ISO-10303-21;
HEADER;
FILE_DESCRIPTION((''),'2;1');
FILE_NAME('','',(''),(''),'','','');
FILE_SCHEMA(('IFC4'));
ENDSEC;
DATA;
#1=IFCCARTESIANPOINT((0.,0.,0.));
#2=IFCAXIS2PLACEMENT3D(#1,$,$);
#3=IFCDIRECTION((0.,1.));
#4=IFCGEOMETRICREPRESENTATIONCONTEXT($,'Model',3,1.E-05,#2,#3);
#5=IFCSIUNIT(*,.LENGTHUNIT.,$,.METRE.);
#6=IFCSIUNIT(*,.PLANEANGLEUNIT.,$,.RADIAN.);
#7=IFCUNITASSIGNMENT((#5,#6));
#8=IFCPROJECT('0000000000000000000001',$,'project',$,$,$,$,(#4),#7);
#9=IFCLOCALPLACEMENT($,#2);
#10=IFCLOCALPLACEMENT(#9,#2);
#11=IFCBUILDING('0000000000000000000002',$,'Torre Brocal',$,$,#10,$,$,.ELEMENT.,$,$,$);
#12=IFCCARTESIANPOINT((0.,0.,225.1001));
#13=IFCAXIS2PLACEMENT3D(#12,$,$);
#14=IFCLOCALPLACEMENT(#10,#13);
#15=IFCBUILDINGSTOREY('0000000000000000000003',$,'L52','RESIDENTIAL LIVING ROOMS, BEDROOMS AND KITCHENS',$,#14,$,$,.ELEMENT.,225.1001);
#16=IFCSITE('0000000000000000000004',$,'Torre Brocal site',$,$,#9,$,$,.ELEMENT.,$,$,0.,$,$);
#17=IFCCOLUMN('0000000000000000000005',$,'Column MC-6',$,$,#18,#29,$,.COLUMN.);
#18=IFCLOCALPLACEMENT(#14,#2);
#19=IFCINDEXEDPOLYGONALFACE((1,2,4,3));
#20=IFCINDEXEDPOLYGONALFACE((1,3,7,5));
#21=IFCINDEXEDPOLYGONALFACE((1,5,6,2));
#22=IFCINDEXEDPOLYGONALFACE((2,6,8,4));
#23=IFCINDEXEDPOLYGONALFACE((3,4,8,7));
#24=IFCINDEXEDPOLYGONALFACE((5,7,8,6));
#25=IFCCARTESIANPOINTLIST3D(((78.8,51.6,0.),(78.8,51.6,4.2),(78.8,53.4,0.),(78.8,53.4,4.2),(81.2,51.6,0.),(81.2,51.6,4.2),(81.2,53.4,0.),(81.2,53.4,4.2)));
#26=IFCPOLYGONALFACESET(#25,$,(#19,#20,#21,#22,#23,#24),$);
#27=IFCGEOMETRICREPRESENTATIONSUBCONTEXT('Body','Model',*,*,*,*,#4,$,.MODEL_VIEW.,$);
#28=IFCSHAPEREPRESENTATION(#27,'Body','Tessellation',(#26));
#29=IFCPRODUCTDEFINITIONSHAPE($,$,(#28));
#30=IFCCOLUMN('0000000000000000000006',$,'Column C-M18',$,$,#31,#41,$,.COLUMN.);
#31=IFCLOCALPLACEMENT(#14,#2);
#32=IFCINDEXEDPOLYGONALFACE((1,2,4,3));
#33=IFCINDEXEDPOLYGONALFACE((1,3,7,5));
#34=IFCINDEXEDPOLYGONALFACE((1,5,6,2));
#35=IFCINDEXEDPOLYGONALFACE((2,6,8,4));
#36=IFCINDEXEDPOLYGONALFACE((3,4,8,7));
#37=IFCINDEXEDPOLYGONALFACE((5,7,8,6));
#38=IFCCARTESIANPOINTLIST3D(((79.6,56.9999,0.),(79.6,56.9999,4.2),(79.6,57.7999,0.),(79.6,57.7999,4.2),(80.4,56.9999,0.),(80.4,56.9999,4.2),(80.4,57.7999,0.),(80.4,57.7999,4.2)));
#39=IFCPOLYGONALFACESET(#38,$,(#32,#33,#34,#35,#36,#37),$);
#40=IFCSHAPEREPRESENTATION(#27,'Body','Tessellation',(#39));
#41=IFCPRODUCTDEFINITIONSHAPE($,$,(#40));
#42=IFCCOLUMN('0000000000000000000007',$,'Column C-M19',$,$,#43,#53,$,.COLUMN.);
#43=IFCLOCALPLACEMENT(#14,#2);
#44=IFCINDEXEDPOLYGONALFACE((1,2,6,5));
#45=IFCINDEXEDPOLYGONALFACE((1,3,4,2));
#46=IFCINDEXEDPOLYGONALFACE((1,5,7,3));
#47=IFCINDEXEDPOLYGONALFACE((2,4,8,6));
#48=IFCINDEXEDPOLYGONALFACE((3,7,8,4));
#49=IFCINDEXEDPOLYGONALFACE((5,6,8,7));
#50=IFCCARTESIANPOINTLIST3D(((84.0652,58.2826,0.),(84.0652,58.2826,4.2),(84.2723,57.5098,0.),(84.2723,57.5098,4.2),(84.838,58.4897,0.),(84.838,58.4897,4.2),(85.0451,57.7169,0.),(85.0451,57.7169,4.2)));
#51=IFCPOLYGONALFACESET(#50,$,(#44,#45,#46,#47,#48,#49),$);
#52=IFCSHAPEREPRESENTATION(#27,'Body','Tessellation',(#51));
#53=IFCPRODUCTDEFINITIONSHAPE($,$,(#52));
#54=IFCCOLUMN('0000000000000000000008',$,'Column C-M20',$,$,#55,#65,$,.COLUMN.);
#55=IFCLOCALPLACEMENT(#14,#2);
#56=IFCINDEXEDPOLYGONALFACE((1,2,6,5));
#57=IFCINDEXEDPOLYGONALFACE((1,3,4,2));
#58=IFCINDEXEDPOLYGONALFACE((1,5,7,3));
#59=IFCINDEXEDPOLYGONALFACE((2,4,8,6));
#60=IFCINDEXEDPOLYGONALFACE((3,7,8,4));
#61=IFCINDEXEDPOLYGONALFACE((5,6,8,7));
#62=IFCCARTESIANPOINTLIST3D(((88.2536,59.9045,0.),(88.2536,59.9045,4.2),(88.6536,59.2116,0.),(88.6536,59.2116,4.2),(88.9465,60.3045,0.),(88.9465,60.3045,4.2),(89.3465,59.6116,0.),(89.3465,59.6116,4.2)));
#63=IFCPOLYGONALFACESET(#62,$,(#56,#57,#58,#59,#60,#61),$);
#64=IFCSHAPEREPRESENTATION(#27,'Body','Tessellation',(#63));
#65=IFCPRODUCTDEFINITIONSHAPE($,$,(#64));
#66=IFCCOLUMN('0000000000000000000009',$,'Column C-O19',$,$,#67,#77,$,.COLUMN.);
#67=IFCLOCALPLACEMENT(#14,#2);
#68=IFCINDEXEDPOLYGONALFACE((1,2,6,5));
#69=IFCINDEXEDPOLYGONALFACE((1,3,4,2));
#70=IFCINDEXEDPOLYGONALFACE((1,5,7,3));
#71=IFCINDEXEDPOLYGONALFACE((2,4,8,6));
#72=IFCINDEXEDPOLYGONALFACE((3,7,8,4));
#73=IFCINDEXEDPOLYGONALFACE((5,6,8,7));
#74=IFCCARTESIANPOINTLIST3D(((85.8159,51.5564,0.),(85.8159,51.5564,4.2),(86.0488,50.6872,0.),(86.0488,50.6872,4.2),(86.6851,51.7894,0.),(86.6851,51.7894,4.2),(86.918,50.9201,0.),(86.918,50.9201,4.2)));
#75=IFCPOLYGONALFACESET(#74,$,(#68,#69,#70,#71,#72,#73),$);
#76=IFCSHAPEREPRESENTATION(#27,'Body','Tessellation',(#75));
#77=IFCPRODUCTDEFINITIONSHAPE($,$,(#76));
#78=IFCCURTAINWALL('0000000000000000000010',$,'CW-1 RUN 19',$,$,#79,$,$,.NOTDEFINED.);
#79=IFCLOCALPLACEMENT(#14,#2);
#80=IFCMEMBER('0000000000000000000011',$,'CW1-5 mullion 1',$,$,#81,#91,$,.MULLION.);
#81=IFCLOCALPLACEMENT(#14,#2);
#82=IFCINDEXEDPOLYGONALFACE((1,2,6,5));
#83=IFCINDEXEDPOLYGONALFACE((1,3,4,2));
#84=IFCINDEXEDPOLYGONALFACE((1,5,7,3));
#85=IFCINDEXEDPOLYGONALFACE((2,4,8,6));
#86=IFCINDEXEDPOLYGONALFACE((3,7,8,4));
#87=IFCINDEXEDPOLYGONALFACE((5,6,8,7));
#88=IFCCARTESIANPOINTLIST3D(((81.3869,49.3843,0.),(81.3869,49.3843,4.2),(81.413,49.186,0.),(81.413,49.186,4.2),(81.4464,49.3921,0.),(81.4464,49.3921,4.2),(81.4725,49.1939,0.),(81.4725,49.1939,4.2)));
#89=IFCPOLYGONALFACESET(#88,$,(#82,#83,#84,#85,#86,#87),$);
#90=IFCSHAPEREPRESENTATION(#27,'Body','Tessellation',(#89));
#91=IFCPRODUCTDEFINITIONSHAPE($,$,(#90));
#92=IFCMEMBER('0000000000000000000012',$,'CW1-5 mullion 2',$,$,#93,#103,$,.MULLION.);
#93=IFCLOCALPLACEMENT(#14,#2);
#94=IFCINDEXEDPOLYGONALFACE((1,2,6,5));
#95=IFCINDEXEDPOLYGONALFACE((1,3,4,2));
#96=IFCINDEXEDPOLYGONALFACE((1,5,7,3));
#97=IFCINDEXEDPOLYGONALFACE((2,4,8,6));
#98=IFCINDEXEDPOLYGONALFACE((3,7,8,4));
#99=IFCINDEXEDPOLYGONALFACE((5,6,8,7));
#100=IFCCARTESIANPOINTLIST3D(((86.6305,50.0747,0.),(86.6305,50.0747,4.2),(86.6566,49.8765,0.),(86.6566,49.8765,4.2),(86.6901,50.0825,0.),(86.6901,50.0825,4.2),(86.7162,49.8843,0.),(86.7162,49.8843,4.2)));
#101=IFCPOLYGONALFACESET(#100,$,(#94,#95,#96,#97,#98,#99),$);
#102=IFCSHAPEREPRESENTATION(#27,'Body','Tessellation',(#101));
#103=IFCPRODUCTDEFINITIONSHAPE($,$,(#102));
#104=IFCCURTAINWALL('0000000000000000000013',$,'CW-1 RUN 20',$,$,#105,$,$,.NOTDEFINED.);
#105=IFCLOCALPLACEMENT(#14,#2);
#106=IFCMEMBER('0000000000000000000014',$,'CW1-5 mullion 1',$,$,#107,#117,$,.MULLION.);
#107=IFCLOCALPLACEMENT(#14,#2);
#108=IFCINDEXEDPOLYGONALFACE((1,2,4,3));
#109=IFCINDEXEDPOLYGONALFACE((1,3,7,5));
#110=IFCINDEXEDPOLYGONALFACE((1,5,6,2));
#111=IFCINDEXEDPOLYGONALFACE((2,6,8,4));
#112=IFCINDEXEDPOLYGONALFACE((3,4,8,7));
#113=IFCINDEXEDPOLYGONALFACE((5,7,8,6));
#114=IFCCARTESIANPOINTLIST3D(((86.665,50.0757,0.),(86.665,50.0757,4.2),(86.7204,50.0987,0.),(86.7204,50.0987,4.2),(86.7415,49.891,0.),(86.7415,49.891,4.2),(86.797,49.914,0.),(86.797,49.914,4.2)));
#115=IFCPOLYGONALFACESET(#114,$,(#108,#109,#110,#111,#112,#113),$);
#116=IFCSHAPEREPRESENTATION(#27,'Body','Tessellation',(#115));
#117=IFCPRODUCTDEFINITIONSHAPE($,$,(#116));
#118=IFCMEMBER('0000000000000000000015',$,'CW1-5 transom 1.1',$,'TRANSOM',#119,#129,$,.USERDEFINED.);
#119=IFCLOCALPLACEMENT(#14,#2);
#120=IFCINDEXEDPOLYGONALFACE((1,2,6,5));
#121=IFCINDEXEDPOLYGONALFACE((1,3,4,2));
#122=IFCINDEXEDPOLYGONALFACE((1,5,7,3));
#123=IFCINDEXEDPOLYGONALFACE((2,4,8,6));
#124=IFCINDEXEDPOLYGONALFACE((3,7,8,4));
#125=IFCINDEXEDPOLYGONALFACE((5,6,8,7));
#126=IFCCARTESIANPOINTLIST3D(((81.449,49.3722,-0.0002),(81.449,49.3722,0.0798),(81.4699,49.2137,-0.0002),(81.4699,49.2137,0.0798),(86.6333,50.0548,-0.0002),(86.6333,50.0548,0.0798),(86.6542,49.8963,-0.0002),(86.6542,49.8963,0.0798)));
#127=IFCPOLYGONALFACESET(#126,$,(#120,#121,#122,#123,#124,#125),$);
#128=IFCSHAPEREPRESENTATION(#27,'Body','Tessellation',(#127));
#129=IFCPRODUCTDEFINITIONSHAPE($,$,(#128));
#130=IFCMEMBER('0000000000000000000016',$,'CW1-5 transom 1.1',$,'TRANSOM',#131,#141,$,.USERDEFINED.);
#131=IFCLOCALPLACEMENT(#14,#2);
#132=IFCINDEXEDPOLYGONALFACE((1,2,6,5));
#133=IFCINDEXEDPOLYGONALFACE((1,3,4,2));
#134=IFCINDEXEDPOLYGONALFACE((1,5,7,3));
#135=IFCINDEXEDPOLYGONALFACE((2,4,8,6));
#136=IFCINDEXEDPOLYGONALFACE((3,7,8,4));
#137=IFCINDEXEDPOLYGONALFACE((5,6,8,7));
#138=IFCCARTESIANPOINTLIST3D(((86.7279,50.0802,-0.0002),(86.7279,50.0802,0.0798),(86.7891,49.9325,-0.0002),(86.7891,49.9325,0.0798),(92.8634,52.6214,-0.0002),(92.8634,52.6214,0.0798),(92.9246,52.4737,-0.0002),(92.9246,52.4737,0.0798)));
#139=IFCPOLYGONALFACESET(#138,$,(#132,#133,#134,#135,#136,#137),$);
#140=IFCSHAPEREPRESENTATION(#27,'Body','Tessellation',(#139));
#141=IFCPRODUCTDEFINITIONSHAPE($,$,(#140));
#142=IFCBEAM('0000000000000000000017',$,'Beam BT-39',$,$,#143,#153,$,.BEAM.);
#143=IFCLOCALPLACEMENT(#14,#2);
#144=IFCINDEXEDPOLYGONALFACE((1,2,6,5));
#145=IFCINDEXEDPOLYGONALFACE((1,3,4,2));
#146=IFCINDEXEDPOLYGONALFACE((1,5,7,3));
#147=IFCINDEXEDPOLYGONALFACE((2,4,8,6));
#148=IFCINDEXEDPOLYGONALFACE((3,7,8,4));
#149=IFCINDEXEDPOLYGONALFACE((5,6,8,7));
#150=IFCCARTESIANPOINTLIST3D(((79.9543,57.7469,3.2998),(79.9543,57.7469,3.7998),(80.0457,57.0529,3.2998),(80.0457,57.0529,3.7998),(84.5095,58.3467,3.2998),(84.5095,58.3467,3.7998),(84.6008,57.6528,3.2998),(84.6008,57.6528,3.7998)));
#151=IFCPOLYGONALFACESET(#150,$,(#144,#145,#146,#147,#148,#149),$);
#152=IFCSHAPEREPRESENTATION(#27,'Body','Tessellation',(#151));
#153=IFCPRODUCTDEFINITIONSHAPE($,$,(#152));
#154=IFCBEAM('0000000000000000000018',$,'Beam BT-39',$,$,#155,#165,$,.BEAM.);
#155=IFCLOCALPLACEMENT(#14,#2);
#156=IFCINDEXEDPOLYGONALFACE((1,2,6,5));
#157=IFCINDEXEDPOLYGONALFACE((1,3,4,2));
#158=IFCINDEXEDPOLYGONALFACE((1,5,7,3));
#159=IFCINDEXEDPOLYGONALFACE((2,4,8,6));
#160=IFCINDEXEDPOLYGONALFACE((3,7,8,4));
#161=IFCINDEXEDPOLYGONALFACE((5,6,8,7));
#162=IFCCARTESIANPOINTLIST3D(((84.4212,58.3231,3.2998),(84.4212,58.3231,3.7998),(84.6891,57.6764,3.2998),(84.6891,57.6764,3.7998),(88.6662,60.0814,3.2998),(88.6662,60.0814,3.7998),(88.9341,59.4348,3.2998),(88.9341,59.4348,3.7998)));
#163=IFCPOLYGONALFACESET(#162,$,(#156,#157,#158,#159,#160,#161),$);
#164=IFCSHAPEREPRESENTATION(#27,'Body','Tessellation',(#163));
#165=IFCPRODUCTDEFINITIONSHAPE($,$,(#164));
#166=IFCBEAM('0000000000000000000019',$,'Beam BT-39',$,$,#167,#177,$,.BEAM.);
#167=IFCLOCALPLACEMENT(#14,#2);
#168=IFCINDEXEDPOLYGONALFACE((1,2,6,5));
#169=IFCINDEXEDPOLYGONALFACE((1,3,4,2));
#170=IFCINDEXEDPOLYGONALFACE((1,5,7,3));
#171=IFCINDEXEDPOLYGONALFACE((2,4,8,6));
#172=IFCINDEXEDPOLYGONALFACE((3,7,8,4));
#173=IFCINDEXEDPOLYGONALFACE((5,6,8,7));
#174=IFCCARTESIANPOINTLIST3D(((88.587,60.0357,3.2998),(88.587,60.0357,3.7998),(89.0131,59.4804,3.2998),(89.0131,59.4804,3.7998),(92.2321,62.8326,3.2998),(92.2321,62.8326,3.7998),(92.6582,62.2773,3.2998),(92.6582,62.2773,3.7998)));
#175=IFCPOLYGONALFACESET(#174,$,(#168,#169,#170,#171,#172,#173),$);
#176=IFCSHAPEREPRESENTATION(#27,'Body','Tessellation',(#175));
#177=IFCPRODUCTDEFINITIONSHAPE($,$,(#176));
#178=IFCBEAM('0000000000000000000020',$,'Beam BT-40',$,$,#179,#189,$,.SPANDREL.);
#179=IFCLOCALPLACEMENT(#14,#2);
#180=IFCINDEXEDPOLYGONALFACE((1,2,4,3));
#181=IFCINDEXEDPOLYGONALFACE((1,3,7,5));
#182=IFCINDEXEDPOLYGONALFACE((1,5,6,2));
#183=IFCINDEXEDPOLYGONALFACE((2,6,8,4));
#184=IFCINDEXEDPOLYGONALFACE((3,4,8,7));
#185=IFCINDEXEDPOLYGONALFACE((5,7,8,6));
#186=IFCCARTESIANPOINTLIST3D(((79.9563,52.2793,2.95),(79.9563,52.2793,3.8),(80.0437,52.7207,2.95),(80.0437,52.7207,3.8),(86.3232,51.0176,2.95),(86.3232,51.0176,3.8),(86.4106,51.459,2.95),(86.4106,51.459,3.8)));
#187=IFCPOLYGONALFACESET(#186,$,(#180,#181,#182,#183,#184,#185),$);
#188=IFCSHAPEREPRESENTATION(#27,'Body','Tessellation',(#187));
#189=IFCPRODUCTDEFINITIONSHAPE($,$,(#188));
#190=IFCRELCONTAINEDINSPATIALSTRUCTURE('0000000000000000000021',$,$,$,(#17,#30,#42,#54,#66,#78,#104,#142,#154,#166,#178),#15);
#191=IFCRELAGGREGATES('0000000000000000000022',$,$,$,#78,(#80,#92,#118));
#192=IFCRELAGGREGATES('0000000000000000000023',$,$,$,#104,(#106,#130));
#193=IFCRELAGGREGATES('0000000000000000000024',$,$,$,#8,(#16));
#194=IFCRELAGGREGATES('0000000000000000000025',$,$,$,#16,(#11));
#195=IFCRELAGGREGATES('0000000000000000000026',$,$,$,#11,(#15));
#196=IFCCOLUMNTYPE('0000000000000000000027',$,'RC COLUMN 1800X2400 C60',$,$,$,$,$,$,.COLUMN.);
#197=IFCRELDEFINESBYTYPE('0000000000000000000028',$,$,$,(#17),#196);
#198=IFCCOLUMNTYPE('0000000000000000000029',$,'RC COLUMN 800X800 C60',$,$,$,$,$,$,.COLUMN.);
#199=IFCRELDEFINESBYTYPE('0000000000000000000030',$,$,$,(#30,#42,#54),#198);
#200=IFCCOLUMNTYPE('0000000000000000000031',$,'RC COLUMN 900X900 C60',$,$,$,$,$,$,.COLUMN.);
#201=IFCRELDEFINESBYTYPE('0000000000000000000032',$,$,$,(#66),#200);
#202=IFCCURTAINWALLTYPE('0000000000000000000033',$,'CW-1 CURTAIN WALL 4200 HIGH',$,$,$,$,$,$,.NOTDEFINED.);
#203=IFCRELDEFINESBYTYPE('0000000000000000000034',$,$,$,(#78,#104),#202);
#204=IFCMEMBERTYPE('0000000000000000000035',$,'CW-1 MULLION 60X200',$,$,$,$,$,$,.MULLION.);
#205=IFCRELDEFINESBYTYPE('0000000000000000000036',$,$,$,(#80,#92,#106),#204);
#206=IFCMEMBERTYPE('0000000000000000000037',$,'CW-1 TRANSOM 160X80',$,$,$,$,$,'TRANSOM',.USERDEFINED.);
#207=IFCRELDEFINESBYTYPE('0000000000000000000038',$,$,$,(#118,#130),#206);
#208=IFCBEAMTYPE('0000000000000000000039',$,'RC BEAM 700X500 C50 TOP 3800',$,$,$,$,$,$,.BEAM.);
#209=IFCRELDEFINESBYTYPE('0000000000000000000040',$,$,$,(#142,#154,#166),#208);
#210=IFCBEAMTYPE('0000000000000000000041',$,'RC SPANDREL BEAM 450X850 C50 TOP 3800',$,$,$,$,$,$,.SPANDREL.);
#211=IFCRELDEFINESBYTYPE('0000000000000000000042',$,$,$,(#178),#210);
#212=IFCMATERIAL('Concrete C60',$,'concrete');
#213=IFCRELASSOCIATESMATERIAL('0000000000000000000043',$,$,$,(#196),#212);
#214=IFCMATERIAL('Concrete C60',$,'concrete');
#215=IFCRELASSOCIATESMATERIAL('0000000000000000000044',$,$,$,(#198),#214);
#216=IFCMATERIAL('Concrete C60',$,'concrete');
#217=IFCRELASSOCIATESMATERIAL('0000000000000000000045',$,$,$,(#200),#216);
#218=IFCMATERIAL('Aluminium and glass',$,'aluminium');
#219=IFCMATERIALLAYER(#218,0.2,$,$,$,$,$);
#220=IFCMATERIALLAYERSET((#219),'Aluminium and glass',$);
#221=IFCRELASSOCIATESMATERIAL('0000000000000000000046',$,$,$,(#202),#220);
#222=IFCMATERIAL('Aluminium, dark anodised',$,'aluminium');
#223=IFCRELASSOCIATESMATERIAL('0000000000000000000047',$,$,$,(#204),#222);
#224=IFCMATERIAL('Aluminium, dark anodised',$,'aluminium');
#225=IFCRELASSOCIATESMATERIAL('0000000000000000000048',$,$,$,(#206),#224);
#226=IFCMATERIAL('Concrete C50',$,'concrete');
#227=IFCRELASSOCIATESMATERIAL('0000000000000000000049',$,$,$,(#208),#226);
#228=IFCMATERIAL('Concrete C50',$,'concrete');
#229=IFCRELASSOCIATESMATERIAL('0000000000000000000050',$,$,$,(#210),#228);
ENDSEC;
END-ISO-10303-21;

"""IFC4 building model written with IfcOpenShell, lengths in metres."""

from ifc_helpers import new_model, si_unit, direction, frame, origin, origin_2d, place, context, subcontext, project, spatial, rectangle, extrude, material, layer, layer_set, material_profile, profile_set, type_object, element, aggregate, save


model = new_model("IFC4")

# Units and contexts
model_context = context("Model", 3, precision=1e-05, world=origin(), true_north=direction((0.0, 1.0)))
body_context = subcontext(model_context, "Body", "Model", "MODEL_VIEW")
ifc_project = project(units=[si_unit("LENGTHUNIT", "METRE"), si_unit("PLANEANGLEUNIT", "RADIAN")], contexts=[model_context])

# Site, building, storey
site_placement = place(None, origin())
site = spatial("IfcSite", under=ifc_project, at=site_placement, Name="Torre Brocal site", CompositionType="ELEMENT", RefElevation=0.0)
building_placement = place(site_placement, origin())
building = spatial("IfcBuilding", under=site, at=building_placement, Name="Torre Brocal", CompositionType="ELEMENT")
storey_placement = place(building_placement, frame((0.0, 0.0, 225.1001)))
storey = spatial("IfcBuildingStorey", under=building, at=storey_placement, Name="L52", Description="RESIDENTIAL LIVING ROOMS, BEDROOMS AND KITCHENS", CompositionType="ELEMENT", Elevation=225.1001)

# Columns
ifc_material_1 = material(Name="Concrete C60", Category="concrete")
ifc_material_profile_1 = material_profile(ifc_material_1, rectangle(XDim=1.8, YDim=2.3999, at=origin_2d()), Name="RC 1800X2400")
ifc_profile_set_1 = profile_set([ifc_material_profile_1], Name="Concrete C60")
column_type_1 = type_object("IfcColumnType", Name="RC COLUMN 1800X2400 C60", PredefinedType="COLUMN", material=ifc_profile_set_1)
column_1_placement = place(storey_placement, frame((80.0, 52.5, 0.0), z_axis=(0.0, 0.0, 1.0), x_axis=(0.0, -1.0, 0.0)))
element("IfcColumn", 1, at=column_1_placement, inside=storey, type_object=column_type_1, Name="Column MC-6", PredefinedType="COLUMN", context=body_context, shape_type="SweptSolid", body=[
    extrude(rectangle(XDim=1.8, YDim=2.3999, at=origin_2d()), origin(), (0.0, 0.0, 1.0), 4.2),
])
ifc_material_2 = material(Name="Concrete C60", Category="concrete")
ifc_material_profile_2 = material_profile(ifc_material_2, rectangle(XDim=0.8, YDim=0.8, at=origin_2d()), Name="RC 800X800")
ifc_profile_set_2 = profile_set([ifc_material_profile_2], Name="Concrete C60")
column_type_2 = type_object("IfcColumnType", Name="RC COLUMN 800X800 C60", PredefinedType="COLUMN", material=ifc_profile_set_2)
for number, where, z_axis, x_axis, name in (
    (2, (80.0, 57.3999, 0.0), (0.0, 0.0, 1.0), (0.0, -1.0, 0.0), "Column C-M18"),
    (3, (84.5552, 57.9998, 0.0), (0.0, 0.0, 1.0), (0.258819, -0.965926, 0.0), "Column C-M19"),
    (4, (88.8, 59.7581, 0.0), (0.0, 0.0, 1.0), (0.5, -0.866025, 0.0), "Column C-M20"),
):
    element("IfcColumn", number, at=place(storey_placement, frame(where, z_axis=z_axis, x_axis=x_axis)), inside=storey, type_object=column_type_2, Name=name, PredefinedType="COLUMN", context=body_context, shape_type="SweptSolid", body=[
        extrude(rectangle(XDim=0.8, YDim=0.8, at=origin_2d()), origin(), (0.0, 0.0, 1.0), 4.2),
    ])
ifc_material_3 = material(Name="Concrete C60", Category="concrete")
ifc_material_profile_3 = material_profile(ifc_material_3, rectangle(XDim=0.8999, YDim=0.8999, at=origin_2d()), Name="RC 900X900")
ifc_profile_set_3 = profile_set([ifc_material_profile_3], Name="Concrete C60")
column_type_3 = type_object("IfcColumnType", Name="RC COLUMN 900X900 C60", PredefinedType="COLUMN", material=ifc_profile_set_3)
column_2_placement = place(storey_placement, frame((86.3669, 51.2383, 0.0), z_axis=(0.0, 0.0, 1.0), x_axis=(0.258819, -0.965926, 0.0)))
element("IfcColumn", 5, at=column_2_placement, inside=storey, type_object=column_type_3, Name="Column C-O19", PredefinedType="COLUMN", context=body_context, shape_type="SweptSolid", body=[
    extrude(rectangle(XDim=0.8999, YDim=0.8999, at=origin_2d()), origin(), (0.0, 0.0, 1.0), 4.2),
])

# Curtain wall, members
ifc_material_4 = material(Name="Aluminium and glass", Category="aluminium")
ifc_layer_1 = layer(ifc_material_4, 0.2)
ifc_layer_set_1 = layer_set([ifc_layer_1], Name="Aluminium and glass")
curtain_wall_type = type_object("IfcCurtainWallType", Name="CW-1 CURTAIN WALL 4200 HIGH", PredefinedType="NOTDEFINED", material=ifc_layer_set_1)
curtain_wall_1_placement = place(storey_placement, origin())
curtain_wall_1 = element("IfcCurtainWall", 6, at=curtain_wall_1_placement, inside=storey, type_object=curtain_wall_type, Name="CW-1 RUN 19", PredefinedType="NOTDEFINED")
ifc_material_5 = material(Name="Aluminium, dark anodised", Category="aluminium")
ifc_material_profile_4 = material_profile(ifc_material_5, rectangle(XDim=0.2, YDim=0.0601, at=origin_2d()), Name="CW-1 MULLION 60X200")
ifc_profile_set_4 = profile_set([ifc_material_profile_4], Name="Aluminium, dark anodised")
member_type_1 = type_object("IfcMemberType", Name="CW-1 MULLION 60X200", PredefinedType="MULLION", material=ifc_profile_set_4)
member_1_placement = place(storey_placement, frame((81.4297, 49.2891, 0.0), z_axis=(0.0, 0.0, 1.0), x_axis=(-0.130526, 0.991445, 0.0)))
member_1 = element("IfcMember", 7, at=member_1_placement, type_object=member_type_1, Name="CW1-5 mullion 1", PredefinedType="MULLION", context=body_context, shape_type="SweptSolid", body=[
    extrude(rectangle(XDim=0.2, YDim=0.0601, at=origin_2d()), origin(), (0.0, 0.0, 1.0), 4.2),
])
member_2_placement = place(storey_placement, frame((86.6733, 49.9795, 0.0), z_axis=(0.0, 0.0, 1.0), x_axis=(-0.130526, 0.991445, 0.0)))
member_2 = element("IfcMember", 8, at=member_2_placement, type_object=member_type_1, Name="CW1-5 mullion 2", PredefinedType="MULLION", context=body_context, shape_type="SweptSolid", body=[
    extrude(rectangle(XDim=0.2, YDim=0.0601, at=origin_2d()), origin(), (0.0, 0.0, 1.0), 4.2),
])

# Curtain wall, member
curtain_wall_2_placement = place(storey_placement, origin())
curtain_wall_2 = element("IfcCurtainWall", 9, at=curtain_wall_2_placement, inside=storey, type_object=curtain_wall_type, Name="CW-1 RUN 20", PredefinedType="NOTDEFINED")
member_3_placement = place(storey_placement, frame((86.731, 49.9949, 0.0), z_axis=(0.0, 0.0, 1.0), x_axis=(-0.382683, 0.92388, 0.0)))
member_3 = element("IfcMember", 10, at=member_3_placement, type_object=member_type_1, Name="CW1-5 mullion 1", PredefinedType="MULLION", context=body_context, shape_type="SweptSolid", body=[
    extrude(rectangle(XDim=0.2, YDim=0.0601, at=origin_2d()), origin(), (0.0, 0.0, 1.0), 4.2),
])

# Members
ifc_material_6 = material(Name="Aluminium, dark anodised", Category="aluminium")
ifc_material_profile_5 = material_profile(ifc_material_6, rectangle(XDim=0.1599, YDim=0.0801, at=origin_2d()), Name="CW-1 TRANSOM 160X80")
ifc_profile_set_5 = profile_set([ifc_material_profile_5], Name="Aluminium, dark anodised")
member_type_2 = type_object("IfcMemberType", Name="CW-1 TRANSOM 160X80", ElementType="TRANSOM", PredefinedType="USERDEFINED", material=ifc_profile_set_5)
member_4_placement = place(storey_placement, frame((81.4595, 49.293, 0.0398), z_axis=(0.991443, 0.130543, 0.0), x_axis=(-0.130543, 0.991443, 0.0)))
member_4 = element("IfcMember", 11, at=member_4_placement, type_object=member_type_2, Name="CW1-5 transom 1.1", ObjectType="TRANSOM", PredefinedType="USERDEFINED", context=body_context, shape_type="SweptSolid", body=[
    extrude(rectangle(XDim=0.1599, YDim=0.0801, at=origin_2d()), origin(), (0.0, 0.0, 1.0), 5.229),
])
member_5_placement = place(storey_placement, frame((86.7585, 50.0063, 0.0398), z_axis=(0.923887, 0.382665, 0.0), x_axis=(-0.382665, 0.923887, 0.0)))
member_5 = element("IfcMember", 12, at=member_5_placement, type_object=member_type_2, Name="CW1-5 transom 1.1", ObjectType="TRANSOM", PredefinedType="USERDEFINED", context=body_context, shape_type="SweptSolid", body=[
    extrude(rectangle(XDim=0.1599, YDim=0.0801, at=origin_2d()), origin(), (0.0, 0.0, 1.0), 6.6409),
])

# Beams
ifc_material_7 = material(Name="Concrete C50", Category="concrete")
ifc_material_profile_6 = material_profile(ifc_material_7, rectangle(XDim=0.7, YDim=0.5, at=origin_2d()), Name="RC 700X500")
ifc_profile_set_6 = profile_set([ifc_material_profile_6], Name="Concrete C50")
beam_type_1 = type_object("IfcBeamType", Name="RC BEAM 700X500 C50 TOP 3800", PredefinedType="BEAM", material=ifc_profile_set_6)
beam_1_placement = place(storey_placement, frame((80.0, 57.3999, 3.5498), z_axis=(0.991441, 0.130559, 0.0), x_axis=(-0.130559, 0.991441, 0.0)))
element("IfcBeam", 13, at=beam_1_placement, inside=storey, type_object=beam_type_1, Name="Beam BT-39", PredefinedType="BEAM", context=body_context, shape_type="SweptSolid", body=[
    extrude(rectangle(XDim=0.7, YDim=0.5, at=origin_2d()), origin(), (0.0, 0.0, 1.0), 4.5945),
])
beam_2_placement = place(storey_placement, frame((84.5552, 57.9998, 3.5498), z_axis=(0.923878, 0.382687, 0.0), x_axis=(-0.382687, 0.923878, 0.0)))
element("IfcBeam", 14, at=beam_2_placement, inside=storey, type_object=beam_type_1, Name="Beam BT-39", PredefinedType="BEAM", context=body_context, shape_type="SweptSolid", body=[
    extrude(rectangle(XDim=0.7, YDim=0.5, at=origin_2d()), origin(), (0.0, 0.0, 1.0), 4.5947),
])
beam_3_placement = place(storey_placement, frame((88.8, 59.7581, 3.5498), z_axis=(0.793358, 0.608755, 0.0), x_axis=(-0.608755, 0.793358, 0.0)))
element("IfcBeam", 15, at=beam_3_placement, inside=storey, type_object=beam_type_1, Name="Beam BT-39", PredefinedType="BEAM", context=body_context, shape_type="SweptSolid", body=[
    extrude(rectangle(XDim=0.7, YDim=0.5, at=origin_2d()), origin(), (0.0, 0.0, 1.0), 4.5945),
])
ifc_material_8 = material(Name="Concrete C50", Category="concrete")
ifc_material_profile_7 = material_profile(ifc_material_8, rectangle(XDim=0.45, YDim=0.8501, at=origin_2d()), Name="RC 450X850")
ifc_profile_set_7 = profile_set([ifc_material_profile_7], Name="Concrete C50")
beam_type_2 = type_object("IfcBeamType", Name="RC SPANDREL BEAM 450X850 C50 TOP 3800", PredefinedType="SPANDREL", material=ifc_profile_set_7)
beam_4_placement = place(storey_placement, frame((80.0, 52.5, 3.375), z_axis=(0.980925, -0.194387, 0.0), x_axis=(0.194387, 0.980925, 0.0)))
element("IfcBeam", 16, at=beam_4_placement, inside=storey, type_object=beam_type_2, Name="Beam BT-40", PredefinedType="SPANDREL", context=body_context, shape_type="SweptSolid", body=[
    extrude(rectangle(XDim=0.45, YDim=0.8501, at=origin_2d()), origin(), (0.0, 0.0, 1.0), 6.4907),
])

aggregate(curtain_wall_1, [member_1, member_2, member_4])
aggregate(curtain_wall_2, [member_3, member_5])

save(model, "model.ifc")
